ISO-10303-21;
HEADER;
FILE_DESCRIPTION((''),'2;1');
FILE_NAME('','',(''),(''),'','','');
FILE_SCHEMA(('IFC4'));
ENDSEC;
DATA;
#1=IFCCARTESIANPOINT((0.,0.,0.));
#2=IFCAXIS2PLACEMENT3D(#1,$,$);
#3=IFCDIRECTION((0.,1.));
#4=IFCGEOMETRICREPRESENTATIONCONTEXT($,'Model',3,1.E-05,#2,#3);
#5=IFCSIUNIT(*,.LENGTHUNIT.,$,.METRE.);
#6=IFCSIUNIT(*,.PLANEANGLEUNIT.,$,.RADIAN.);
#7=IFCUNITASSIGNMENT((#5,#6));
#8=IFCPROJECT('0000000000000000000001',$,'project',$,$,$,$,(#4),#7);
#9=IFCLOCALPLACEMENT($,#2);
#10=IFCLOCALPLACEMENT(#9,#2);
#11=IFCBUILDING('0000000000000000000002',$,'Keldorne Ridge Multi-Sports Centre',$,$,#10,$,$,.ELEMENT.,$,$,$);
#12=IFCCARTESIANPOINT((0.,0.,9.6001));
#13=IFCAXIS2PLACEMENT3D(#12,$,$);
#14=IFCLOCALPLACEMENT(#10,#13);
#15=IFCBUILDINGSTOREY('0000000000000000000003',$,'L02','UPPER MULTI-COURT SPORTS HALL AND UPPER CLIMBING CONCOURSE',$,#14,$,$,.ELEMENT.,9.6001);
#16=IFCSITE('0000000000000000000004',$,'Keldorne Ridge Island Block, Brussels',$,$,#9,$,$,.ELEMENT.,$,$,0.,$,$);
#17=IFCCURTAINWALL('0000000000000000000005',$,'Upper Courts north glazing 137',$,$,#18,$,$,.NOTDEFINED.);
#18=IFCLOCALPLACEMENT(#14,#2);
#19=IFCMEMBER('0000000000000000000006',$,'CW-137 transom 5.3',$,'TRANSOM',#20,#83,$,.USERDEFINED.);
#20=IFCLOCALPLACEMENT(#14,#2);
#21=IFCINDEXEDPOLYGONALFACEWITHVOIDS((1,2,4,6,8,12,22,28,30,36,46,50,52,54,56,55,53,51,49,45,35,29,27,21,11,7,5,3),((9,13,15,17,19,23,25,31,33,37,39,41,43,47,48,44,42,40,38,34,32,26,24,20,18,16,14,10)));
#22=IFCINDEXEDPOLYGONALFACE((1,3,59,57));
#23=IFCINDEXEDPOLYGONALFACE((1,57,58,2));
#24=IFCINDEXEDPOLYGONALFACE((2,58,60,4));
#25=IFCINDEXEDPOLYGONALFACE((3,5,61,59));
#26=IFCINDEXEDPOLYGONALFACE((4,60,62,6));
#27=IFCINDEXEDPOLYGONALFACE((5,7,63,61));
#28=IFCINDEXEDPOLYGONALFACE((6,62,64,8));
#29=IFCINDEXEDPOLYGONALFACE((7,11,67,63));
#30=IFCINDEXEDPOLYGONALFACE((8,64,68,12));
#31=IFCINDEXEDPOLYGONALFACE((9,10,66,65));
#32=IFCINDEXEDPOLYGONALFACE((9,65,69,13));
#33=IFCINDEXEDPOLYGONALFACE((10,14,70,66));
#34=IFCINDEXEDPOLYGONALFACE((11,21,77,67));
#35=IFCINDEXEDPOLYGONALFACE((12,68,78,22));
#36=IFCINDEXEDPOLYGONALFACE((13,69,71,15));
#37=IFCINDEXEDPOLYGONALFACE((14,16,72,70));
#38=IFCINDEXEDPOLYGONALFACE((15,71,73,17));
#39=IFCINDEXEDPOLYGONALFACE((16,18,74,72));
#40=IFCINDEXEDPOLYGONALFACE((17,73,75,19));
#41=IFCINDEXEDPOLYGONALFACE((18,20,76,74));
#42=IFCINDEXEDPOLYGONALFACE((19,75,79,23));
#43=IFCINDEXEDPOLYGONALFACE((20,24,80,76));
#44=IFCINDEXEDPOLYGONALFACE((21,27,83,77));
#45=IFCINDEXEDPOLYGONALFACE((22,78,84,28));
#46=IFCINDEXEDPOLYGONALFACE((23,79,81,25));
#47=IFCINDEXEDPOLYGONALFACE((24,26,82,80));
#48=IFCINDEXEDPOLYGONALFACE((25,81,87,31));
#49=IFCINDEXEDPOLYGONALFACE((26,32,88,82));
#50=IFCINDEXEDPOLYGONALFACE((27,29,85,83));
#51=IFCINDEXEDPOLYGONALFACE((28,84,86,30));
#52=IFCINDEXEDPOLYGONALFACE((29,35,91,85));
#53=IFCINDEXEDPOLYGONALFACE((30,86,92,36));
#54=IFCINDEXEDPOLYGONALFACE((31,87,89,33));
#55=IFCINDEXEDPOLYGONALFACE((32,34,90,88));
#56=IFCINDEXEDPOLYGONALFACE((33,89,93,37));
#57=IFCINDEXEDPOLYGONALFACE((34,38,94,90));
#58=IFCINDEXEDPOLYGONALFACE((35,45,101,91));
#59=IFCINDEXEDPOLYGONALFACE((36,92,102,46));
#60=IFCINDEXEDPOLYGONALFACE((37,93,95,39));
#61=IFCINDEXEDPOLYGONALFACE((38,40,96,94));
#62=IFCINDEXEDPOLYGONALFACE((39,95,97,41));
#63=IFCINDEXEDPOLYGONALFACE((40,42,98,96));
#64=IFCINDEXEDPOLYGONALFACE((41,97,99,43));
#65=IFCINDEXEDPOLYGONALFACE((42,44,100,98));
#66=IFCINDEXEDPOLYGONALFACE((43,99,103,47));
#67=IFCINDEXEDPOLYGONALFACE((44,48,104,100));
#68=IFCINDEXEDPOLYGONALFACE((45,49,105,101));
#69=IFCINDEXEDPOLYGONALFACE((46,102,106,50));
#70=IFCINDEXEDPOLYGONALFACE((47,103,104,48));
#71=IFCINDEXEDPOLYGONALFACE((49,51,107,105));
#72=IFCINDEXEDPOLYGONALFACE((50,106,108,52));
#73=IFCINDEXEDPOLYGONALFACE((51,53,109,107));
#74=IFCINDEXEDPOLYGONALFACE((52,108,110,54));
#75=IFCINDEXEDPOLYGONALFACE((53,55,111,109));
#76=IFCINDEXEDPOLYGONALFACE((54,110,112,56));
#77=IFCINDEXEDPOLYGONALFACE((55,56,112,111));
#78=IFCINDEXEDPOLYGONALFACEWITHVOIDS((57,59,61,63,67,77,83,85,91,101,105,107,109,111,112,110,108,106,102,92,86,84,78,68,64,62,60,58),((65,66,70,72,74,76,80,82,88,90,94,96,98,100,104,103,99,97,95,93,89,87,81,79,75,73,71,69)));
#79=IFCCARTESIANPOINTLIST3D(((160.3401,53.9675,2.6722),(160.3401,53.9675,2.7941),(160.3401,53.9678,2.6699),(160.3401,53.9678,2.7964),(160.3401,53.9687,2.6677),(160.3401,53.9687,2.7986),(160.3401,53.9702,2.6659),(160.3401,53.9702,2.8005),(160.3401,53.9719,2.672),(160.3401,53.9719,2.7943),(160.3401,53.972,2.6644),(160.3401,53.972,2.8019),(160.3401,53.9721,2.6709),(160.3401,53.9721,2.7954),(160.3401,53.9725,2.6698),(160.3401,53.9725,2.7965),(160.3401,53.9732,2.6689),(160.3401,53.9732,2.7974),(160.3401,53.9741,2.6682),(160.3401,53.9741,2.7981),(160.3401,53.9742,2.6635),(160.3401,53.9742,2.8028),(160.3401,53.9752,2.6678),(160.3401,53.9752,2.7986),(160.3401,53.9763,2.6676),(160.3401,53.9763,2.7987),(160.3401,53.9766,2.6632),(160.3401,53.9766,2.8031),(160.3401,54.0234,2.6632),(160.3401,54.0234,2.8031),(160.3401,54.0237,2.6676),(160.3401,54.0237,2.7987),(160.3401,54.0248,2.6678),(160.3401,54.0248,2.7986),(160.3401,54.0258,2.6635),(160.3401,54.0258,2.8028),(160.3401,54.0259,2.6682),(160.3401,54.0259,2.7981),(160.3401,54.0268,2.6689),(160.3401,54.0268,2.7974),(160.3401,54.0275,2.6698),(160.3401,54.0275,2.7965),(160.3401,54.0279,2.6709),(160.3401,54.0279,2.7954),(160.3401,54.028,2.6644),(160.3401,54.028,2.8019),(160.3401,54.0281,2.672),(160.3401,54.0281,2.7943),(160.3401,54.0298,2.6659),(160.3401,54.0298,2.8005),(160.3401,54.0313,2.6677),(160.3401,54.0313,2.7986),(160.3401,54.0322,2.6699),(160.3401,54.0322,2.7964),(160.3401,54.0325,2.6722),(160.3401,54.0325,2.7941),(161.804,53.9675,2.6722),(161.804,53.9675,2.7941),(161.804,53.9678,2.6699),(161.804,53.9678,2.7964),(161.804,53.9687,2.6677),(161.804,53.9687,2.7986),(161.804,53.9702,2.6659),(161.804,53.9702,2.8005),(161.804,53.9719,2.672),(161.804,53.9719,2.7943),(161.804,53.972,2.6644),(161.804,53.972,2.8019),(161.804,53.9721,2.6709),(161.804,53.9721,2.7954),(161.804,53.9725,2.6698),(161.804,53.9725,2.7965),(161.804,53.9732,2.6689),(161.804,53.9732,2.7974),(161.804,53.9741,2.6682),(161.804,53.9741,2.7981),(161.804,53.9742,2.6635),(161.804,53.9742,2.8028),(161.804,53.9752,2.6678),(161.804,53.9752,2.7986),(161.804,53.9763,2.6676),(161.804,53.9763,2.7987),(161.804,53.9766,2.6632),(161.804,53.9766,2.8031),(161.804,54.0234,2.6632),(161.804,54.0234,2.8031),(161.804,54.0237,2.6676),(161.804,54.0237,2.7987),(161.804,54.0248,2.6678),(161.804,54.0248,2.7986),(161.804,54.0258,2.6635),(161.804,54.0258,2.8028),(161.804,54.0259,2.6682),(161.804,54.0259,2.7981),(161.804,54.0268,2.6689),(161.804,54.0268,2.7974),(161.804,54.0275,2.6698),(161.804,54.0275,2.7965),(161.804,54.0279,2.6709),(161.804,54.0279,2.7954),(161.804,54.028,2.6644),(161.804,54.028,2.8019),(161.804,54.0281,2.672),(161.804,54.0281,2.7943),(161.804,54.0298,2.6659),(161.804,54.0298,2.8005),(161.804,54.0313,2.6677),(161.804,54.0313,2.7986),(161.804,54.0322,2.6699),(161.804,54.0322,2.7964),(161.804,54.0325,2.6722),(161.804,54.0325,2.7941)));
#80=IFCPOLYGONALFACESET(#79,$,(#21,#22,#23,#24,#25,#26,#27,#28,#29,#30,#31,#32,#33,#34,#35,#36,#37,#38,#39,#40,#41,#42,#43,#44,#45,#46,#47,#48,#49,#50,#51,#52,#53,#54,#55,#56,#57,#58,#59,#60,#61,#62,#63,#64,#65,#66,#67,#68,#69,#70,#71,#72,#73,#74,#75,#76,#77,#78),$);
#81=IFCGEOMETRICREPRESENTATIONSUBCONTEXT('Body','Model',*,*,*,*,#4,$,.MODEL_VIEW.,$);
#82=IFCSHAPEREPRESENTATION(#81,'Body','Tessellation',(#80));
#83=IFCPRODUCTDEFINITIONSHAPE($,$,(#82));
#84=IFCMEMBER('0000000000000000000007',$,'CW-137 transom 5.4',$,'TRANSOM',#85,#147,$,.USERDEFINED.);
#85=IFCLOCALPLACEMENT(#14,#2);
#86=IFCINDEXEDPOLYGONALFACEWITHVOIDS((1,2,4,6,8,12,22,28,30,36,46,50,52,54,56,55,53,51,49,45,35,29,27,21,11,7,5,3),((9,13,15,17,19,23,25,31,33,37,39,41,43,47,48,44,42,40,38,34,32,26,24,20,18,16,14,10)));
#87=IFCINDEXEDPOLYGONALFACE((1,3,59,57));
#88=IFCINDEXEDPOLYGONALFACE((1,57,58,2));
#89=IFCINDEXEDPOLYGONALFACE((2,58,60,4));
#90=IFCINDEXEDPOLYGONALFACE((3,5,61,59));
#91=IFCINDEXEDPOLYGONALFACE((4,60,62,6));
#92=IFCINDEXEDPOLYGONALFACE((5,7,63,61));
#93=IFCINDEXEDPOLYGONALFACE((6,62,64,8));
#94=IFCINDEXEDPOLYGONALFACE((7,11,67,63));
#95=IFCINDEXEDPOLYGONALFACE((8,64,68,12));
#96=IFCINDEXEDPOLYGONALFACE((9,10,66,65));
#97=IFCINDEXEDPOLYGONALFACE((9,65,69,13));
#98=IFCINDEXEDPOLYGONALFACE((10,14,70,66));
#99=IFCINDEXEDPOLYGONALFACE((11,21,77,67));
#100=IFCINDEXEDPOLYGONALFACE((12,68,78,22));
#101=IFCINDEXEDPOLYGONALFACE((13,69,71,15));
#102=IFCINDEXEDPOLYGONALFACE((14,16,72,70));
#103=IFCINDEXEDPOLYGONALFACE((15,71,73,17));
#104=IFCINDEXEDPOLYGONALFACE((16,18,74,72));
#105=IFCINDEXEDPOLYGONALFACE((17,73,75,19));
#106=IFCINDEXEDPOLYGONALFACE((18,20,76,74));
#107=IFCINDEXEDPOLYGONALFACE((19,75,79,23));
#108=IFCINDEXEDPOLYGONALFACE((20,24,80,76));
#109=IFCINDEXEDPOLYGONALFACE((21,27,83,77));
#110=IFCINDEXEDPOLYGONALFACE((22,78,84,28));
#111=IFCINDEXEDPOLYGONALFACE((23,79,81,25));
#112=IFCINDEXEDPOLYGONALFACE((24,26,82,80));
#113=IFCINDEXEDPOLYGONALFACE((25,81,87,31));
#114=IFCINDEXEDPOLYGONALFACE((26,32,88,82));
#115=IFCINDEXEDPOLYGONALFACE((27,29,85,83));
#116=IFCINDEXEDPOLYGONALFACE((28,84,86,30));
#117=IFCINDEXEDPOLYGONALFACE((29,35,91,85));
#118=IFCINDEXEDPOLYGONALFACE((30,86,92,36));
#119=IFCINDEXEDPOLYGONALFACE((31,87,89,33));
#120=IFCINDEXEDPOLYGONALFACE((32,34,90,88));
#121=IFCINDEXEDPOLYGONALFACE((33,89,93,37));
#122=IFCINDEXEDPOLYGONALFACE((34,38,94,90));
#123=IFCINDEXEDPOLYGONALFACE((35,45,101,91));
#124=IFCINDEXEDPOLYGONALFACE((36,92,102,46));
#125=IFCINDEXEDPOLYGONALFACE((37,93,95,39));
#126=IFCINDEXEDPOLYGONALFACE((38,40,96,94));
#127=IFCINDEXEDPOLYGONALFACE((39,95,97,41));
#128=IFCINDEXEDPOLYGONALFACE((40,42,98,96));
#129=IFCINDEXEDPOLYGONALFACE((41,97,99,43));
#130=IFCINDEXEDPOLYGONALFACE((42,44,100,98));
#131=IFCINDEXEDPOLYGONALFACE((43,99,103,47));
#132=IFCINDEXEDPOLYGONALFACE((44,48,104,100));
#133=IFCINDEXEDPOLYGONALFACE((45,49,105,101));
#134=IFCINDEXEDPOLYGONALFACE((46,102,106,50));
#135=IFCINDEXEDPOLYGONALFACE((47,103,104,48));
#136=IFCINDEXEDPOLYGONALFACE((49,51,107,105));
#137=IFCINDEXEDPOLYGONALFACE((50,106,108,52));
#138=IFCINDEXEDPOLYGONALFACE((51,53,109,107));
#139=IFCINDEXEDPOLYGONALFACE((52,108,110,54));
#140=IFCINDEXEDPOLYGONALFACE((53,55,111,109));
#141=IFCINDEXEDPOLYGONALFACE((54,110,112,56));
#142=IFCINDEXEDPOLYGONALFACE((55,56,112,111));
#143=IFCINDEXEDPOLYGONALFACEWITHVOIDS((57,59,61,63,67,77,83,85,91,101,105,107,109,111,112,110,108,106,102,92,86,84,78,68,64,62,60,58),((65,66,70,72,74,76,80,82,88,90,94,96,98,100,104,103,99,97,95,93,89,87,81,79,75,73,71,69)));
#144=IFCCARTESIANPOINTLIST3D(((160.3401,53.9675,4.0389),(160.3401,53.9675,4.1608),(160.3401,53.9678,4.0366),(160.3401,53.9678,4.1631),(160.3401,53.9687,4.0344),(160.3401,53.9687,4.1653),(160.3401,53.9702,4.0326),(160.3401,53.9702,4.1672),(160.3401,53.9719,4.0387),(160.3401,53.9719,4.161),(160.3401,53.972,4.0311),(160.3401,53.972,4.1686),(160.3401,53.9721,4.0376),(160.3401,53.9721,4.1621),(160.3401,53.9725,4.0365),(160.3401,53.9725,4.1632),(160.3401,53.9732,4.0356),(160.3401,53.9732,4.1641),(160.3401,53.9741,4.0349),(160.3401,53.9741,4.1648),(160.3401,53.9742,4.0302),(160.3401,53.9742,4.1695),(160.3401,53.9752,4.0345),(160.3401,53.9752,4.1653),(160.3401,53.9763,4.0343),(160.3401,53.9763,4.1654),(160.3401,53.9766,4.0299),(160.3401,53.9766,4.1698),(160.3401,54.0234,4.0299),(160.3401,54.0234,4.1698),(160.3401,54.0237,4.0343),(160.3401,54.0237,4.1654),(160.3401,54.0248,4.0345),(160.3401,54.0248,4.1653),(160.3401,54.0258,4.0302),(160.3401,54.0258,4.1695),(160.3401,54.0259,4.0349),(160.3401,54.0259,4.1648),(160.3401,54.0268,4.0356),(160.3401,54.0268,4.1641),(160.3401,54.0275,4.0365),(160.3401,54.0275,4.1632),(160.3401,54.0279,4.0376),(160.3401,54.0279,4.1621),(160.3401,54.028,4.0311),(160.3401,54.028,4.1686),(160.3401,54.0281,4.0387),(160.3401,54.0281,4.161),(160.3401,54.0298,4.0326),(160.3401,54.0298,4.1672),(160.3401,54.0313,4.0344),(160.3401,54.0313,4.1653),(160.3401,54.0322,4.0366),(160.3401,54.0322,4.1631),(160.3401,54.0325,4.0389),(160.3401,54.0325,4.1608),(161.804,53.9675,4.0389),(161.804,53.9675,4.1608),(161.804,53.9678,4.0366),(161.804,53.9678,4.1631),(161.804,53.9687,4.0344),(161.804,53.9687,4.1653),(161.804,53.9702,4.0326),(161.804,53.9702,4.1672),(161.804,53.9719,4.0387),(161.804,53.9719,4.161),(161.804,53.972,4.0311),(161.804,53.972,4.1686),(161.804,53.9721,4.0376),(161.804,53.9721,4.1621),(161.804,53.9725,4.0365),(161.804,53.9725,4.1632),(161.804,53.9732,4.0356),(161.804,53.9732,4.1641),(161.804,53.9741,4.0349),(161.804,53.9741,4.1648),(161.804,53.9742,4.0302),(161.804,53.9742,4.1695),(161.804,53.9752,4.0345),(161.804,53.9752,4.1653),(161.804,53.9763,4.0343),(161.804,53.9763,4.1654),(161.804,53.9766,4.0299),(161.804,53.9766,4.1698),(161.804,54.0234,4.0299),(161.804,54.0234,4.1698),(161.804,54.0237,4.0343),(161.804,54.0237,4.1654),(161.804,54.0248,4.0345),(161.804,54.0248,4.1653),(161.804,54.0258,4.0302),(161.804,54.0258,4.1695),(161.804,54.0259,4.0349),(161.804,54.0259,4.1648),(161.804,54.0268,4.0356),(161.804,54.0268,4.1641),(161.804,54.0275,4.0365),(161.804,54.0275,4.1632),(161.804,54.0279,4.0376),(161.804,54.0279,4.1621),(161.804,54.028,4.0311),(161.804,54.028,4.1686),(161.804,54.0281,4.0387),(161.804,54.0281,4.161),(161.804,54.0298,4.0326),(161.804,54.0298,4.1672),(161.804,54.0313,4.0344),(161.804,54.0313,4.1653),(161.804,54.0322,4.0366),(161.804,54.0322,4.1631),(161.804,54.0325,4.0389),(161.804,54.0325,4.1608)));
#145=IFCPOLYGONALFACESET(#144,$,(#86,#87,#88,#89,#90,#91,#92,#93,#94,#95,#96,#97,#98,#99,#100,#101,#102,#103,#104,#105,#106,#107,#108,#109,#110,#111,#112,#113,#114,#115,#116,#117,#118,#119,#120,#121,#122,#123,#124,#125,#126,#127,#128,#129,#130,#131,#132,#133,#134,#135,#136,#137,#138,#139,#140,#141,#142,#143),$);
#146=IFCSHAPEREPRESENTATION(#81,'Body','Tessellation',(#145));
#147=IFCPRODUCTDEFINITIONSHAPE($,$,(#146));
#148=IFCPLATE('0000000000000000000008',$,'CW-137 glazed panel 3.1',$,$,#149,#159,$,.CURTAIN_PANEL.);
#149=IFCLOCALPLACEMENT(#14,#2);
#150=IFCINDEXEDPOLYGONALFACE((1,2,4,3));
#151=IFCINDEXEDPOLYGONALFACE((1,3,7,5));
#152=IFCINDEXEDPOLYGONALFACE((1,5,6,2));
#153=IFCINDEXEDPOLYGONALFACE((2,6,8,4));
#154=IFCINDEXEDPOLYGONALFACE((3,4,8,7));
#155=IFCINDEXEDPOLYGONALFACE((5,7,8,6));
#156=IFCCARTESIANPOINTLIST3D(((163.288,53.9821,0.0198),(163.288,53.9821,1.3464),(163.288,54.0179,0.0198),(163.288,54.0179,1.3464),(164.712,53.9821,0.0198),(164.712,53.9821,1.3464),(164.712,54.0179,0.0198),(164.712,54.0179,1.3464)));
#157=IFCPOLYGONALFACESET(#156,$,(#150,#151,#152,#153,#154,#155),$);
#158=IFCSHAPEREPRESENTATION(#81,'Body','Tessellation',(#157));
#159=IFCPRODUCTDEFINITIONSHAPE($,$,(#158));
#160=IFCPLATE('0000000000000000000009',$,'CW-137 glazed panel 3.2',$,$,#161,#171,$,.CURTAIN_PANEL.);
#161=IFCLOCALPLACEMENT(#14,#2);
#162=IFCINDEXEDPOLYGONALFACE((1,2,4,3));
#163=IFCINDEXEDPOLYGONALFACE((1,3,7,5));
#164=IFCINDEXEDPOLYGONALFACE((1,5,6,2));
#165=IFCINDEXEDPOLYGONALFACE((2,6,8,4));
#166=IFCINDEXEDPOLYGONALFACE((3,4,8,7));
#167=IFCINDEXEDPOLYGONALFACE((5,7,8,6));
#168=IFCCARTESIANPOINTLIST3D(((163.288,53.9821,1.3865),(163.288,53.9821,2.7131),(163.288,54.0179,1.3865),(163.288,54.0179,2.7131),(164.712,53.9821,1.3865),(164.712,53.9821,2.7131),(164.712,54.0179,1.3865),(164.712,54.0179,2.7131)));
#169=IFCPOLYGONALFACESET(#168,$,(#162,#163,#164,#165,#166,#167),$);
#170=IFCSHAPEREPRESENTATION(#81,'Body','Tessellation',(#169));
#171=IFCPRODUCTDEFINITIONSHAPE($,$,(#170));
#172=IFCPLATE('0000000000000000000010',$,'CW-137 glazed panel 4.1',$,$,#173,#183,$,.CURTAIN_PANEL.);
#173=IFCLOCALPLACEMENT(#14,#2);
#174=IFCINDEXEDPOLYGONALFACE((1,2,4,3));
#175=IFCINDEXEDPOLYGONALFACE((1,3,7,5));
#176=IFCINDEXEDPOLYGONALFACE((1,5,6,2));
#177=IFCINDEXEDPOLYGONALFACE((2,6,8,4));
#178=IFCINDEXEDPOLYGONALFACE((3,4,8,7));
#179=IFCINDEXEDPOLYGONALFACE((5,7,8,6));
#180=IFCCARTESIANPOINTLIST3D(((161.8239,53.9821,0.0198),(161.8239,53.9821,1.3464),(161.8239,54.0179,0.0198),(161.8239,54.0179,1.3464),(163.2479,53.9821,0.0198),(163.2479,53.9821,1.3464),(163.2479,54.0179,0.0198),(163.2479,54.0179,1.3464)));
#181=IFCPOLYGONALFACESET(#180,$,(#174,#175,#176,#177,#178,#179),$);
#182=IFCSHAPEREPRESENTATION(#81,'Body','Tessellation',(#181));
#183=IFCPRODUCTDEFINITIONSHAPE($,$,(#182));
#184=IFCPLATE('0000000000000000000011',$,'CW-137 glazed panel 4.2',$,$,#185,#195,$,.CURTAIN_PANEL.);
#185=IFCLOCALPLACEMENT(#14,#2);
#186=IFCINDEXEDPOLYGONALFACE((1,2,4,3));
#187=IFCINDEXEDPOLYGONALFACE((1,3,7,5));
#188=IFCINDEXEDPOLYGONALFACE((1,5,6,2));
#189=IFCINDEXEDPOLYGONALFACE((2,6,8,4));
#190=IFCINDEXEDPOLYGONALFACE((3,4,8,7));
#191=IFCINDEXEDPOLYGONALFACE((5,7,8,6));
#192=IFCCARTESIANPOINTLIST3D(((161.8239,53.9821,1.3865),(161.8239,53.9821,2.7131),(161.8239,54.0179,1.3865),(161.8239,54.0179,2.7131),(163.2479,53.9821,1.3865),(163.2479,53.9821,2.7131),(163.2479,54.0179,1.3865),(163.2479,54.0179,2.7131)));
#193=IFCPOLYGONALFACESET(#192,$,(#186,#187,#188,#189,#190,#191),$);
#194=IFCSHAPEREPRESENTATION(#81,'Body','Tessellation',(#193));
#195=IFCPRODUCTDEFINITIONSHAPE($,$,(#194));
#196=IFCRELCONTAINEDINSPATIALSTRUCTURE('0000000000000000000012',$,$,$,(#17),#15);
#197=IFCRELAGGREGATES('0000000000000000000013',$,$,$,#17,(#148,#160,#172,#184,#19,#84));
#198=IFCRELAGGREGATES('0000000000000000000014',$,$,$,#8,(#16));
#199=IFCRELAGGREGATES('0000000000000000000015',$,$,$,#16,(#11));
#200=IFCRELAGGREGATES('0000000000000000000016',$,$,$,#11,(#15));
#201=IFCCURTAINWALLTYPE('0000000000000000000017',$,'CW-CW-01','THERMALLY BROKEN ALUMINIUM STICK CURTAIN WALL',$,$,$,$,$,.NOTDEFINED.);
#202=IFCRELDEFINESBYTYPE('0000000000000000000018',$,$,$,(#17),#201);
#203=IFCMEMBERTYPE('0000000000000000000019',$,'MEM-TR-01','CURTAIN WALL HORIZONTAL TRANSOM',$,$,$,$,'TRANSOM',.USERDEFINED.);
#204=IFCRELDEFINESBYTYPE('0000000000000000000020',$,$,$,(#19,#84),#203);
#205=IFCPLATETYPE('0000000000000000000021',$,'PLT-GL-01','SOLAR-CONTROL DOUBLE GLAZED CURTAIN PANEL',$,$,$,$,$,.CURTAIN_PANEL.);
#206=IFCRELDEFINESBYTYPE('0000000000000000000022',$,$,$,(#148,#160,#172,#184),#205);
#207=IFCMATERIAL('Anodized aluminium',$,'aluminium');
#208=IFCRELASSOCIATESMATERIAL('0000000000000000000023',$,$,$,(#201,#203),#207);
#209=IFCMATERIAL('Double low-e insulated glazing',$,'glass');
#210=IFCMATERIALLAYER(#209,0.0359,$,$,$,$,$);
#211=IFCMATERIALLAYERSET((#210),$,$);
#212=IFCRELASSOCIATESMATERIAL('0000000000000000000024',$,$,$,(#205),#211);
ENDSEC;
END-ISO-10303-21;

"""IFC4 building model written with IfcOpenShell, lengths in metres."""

from ifc_helpers import new_model, si_unit, direction, frame, origin, origin_2d, place, context, subcontext, project, spatial, rectangle, hollow_rectangle, extrude, material, layer, layer_set, material_profile, profile_set, type_object, element, aggregate, save


model = new_model("IFC4")

# Units and contexts
model_context = context("Model", 3, precision=1e-05, world=origin(), true_north=direction((0.0, 1.0)))
body_context = subcontext(model_context, "Body", "Model", "MODEL_VIEW")
ifc_project = project(units=[si_unit("LENGTHUNIT", "METRE"), si_unit("PLANEANGLEUNIT", "RADIAN")], contexts=[model_context])

# Site, building, storey
site_placement = place(None, origin())
site = spatial("IfcSite", under=ifc_project, at=site_placement, Name="Keldorne Ridge Island Block, Brussels", CompositionType="ELEMENT", RefElevation=0.0)
building_placement = place(site_placement, origin())
building = spatial("IfcBuilding", under=site, at=building_placement, Name="Keldorne Ridge Multi-Sports Centre", CompositionType="ELEMENT")
storey_placement = place(building_placement, frame((0.0, 0.0, 9.6001)))
storey = spatial("IfcBuildingStorey", under=building, at=storey_placement, Name="L02", Description="UPPER MULTI-COURT SPORTS HALL AND UPPER CLIMBING CONCOURSE", CompositionType="ELEMENT", Elevation=9.6001)

# Curtain wall
ifc_material_1 = material(Name="Anodized aluminium", Category="aluminium")
curtain_wall_type_1 = type_object("IfcCurtainWallType", Name="CW-CW-01", Description="THERMALLY BROKEN ALUMINIUM STICK CURTAIN WALL", PredefinedType="NOTDEFINED", material=ifc_material_1)
curtain_wall_1_placement = place(storey_placement, origin())
curtain_wall_1 = element("IfcCurtainWall", 1, at=curtain_wall_1_placement, inside=storey, type_object=curtain_wall_type_1, Name="Upper Courts north glazing 137", PredefinedType="NOTDEFINED")
ifc_material_profile_1 = material_profile(ifc_material_1, hollow_rectangle(XDim=0.0649, YDim=0.1399, WallThickness=0.0044, InnerFilletRadius=0.0044, OuterFilletRadius=0.009, at=origin_2d()), Name="ALU TRANSOM 140x65x4.5")
ifc_profile_set_1 = profile_set([ifc_material_profile_1], Name="Anodized aluminium")
member_type_1 = type_object("IfcMemberType", Name="MEM-TR-01", Description="CURTAIN WALL HORIZONTAL TRANSOM", ElementType="TRANSOM", PredefinedType="USERDEFINED", material=ifc_profile_set_1)

# Members
member_1_placement = place(storey_placement, frame((161.804, 54.0, 2.7332), z_axis=(-1.0, 0.0, 0.0), x_axis=(0.0, -1.0, 0.0)))
member_1 = element("IfcMember", 2, at=member_1_placement, type_object=member_type_1, Name="CW-137 transom 5.3", ObjectType="TRANSOM", PredefinedType="USERDEFINED", context=body_context, shape_type="SweptSolid", body=[
    extrude(hollow_rectangle(XDim=0.0649, YDim=0.1399, WallThickness=0.0044, InnerFilletRadius=0.0044, OuterFilletRadius=0.009, at=origin_2d()), origin(), (0.0, 0.0, 1.0), 1.4639),
])
member_2_placement = place(storey_placement, frame((161.804, 54.0, 4.0999), z_axis=(-1.0, 0.0, 0.0), x_axis=(0.0, -1.0, 0.0)))
member_2 = element("IfcMember", 3, at=member_2_placement, type_object=member_type_1, Name="CW-137 transom 5.4", ObjectType="TRANSOM", PredefinedType="USERDEFINED", context=body_context, shape_type="SweptSolid", body=[
    extrude(hollow_rectangle(XDim=0.0649, YDim=0.1399, WallThickness=0.0044, InnerFilletRadius=0.0044, OuterFilletRadius=0.009, at=origin_2d()), origin(), (0.0, 0.0, 1.0), 1.4639),
])

# Plates
ifc_material_2 = material(Name="Double low-e insulated glazing", Category="glass")
ifc_layer = layer(ifc_material_2, 0.0359)
ifc_layer_set = layer_set([ifc_layer])
plate_type = type_object("IfcPlateType", Name="PLT-GL-01", Description="SOLAR-CONTROL DOUBLE GLAZED CURTAIN PANEL", PredefinedType="CURTAIN_PANEL", material=ifc_layer_set)
plate_1_placement = place(storey_placement, frame((164.0, 54.0, 0.0198), z_axis=(0.0, 0.0, 1.0), x_axis=(-1.0, 0.0, 0.0)))
plate_1 = element("IfcPlate", 4, at=plate_1_placement, type_object=plate_type, Name="CW-137 glazed panel 3.1", PredefinedType="CURTAIN_PANEL", context=body_context, shape_type="SweptSolid", body=[
    extrude(rectangle(XDim=1.4241, YDim=0.0359, at=origin_2d()), origin(), (0.0, 0.0, 1.0), 1.3267),
])
plate_2_placement = place(storey_placement, frame((164.0, 54.0, 1.3865), z_axis=(0.0, 0.0, 1.0), x_axis=(-1.0, 0.0, 0.0)))
plate_2 = element("IfcPlate", 5, at=plate_2_placement, type_object=plate_type, Name="CW-137 glazed panel 3.2", PredefinedType="CURTAIN_PANEL", context=body_context, shape_type="SweptSolid", body=[
    extrude(rectangle(XDim=1.4241, YDim=0.0359, at=origin_2d()), origin(), (0.0, 0.0, 1.0), 1.3267),
])
plate_3_placement = place(storey_placement, frame((162.5359, 54.0, 0.0198), z_axis=(0.0, 0.0, 1.0), x_axis=(-1.0, 0.0, 0.0)))
plate_3 = element("IfcPlate", 6, at=plate_3_placement, type_object=plate_type, Name="CW-137 glazed panel 4.1", PredefinedType="CURTAIN_PANEL", context=body_context, shape_type="SweptSolid", body=[
    extrude(rectangle(XDim=1.4241, YDim=0.0359, at=origin_2d()), origin(), (0.0, 0.0, 1.0), 1.3267),
])
plate_4_placement = place(storey_placement, frame((162.5359, 54.0, 1.3865), z_axis=(0.0, 0.0, 1.0), x_axis=(-1.0, 0.0, 0.0)))
plate_4 = element("IfcPlate", 7, at=plate_4_placement, type_object=plate_type, Name="CW-137 glazed panel 4.2", PredefinedType="CURTAIN_PANEL", context=body_context, shape_type="SweptSolid", body=[
    extrude(rectangle(XDim=1.4241, YDim=0.0359, at=origin_2d()), origin(), (0.0, 0.0, 1.0), 1.3267),
])
aggregate(curtain_wall_1, [plate_1, plate_2, plate_3, plate_4, member_1, member_2])

save(model, "model.ifc")
